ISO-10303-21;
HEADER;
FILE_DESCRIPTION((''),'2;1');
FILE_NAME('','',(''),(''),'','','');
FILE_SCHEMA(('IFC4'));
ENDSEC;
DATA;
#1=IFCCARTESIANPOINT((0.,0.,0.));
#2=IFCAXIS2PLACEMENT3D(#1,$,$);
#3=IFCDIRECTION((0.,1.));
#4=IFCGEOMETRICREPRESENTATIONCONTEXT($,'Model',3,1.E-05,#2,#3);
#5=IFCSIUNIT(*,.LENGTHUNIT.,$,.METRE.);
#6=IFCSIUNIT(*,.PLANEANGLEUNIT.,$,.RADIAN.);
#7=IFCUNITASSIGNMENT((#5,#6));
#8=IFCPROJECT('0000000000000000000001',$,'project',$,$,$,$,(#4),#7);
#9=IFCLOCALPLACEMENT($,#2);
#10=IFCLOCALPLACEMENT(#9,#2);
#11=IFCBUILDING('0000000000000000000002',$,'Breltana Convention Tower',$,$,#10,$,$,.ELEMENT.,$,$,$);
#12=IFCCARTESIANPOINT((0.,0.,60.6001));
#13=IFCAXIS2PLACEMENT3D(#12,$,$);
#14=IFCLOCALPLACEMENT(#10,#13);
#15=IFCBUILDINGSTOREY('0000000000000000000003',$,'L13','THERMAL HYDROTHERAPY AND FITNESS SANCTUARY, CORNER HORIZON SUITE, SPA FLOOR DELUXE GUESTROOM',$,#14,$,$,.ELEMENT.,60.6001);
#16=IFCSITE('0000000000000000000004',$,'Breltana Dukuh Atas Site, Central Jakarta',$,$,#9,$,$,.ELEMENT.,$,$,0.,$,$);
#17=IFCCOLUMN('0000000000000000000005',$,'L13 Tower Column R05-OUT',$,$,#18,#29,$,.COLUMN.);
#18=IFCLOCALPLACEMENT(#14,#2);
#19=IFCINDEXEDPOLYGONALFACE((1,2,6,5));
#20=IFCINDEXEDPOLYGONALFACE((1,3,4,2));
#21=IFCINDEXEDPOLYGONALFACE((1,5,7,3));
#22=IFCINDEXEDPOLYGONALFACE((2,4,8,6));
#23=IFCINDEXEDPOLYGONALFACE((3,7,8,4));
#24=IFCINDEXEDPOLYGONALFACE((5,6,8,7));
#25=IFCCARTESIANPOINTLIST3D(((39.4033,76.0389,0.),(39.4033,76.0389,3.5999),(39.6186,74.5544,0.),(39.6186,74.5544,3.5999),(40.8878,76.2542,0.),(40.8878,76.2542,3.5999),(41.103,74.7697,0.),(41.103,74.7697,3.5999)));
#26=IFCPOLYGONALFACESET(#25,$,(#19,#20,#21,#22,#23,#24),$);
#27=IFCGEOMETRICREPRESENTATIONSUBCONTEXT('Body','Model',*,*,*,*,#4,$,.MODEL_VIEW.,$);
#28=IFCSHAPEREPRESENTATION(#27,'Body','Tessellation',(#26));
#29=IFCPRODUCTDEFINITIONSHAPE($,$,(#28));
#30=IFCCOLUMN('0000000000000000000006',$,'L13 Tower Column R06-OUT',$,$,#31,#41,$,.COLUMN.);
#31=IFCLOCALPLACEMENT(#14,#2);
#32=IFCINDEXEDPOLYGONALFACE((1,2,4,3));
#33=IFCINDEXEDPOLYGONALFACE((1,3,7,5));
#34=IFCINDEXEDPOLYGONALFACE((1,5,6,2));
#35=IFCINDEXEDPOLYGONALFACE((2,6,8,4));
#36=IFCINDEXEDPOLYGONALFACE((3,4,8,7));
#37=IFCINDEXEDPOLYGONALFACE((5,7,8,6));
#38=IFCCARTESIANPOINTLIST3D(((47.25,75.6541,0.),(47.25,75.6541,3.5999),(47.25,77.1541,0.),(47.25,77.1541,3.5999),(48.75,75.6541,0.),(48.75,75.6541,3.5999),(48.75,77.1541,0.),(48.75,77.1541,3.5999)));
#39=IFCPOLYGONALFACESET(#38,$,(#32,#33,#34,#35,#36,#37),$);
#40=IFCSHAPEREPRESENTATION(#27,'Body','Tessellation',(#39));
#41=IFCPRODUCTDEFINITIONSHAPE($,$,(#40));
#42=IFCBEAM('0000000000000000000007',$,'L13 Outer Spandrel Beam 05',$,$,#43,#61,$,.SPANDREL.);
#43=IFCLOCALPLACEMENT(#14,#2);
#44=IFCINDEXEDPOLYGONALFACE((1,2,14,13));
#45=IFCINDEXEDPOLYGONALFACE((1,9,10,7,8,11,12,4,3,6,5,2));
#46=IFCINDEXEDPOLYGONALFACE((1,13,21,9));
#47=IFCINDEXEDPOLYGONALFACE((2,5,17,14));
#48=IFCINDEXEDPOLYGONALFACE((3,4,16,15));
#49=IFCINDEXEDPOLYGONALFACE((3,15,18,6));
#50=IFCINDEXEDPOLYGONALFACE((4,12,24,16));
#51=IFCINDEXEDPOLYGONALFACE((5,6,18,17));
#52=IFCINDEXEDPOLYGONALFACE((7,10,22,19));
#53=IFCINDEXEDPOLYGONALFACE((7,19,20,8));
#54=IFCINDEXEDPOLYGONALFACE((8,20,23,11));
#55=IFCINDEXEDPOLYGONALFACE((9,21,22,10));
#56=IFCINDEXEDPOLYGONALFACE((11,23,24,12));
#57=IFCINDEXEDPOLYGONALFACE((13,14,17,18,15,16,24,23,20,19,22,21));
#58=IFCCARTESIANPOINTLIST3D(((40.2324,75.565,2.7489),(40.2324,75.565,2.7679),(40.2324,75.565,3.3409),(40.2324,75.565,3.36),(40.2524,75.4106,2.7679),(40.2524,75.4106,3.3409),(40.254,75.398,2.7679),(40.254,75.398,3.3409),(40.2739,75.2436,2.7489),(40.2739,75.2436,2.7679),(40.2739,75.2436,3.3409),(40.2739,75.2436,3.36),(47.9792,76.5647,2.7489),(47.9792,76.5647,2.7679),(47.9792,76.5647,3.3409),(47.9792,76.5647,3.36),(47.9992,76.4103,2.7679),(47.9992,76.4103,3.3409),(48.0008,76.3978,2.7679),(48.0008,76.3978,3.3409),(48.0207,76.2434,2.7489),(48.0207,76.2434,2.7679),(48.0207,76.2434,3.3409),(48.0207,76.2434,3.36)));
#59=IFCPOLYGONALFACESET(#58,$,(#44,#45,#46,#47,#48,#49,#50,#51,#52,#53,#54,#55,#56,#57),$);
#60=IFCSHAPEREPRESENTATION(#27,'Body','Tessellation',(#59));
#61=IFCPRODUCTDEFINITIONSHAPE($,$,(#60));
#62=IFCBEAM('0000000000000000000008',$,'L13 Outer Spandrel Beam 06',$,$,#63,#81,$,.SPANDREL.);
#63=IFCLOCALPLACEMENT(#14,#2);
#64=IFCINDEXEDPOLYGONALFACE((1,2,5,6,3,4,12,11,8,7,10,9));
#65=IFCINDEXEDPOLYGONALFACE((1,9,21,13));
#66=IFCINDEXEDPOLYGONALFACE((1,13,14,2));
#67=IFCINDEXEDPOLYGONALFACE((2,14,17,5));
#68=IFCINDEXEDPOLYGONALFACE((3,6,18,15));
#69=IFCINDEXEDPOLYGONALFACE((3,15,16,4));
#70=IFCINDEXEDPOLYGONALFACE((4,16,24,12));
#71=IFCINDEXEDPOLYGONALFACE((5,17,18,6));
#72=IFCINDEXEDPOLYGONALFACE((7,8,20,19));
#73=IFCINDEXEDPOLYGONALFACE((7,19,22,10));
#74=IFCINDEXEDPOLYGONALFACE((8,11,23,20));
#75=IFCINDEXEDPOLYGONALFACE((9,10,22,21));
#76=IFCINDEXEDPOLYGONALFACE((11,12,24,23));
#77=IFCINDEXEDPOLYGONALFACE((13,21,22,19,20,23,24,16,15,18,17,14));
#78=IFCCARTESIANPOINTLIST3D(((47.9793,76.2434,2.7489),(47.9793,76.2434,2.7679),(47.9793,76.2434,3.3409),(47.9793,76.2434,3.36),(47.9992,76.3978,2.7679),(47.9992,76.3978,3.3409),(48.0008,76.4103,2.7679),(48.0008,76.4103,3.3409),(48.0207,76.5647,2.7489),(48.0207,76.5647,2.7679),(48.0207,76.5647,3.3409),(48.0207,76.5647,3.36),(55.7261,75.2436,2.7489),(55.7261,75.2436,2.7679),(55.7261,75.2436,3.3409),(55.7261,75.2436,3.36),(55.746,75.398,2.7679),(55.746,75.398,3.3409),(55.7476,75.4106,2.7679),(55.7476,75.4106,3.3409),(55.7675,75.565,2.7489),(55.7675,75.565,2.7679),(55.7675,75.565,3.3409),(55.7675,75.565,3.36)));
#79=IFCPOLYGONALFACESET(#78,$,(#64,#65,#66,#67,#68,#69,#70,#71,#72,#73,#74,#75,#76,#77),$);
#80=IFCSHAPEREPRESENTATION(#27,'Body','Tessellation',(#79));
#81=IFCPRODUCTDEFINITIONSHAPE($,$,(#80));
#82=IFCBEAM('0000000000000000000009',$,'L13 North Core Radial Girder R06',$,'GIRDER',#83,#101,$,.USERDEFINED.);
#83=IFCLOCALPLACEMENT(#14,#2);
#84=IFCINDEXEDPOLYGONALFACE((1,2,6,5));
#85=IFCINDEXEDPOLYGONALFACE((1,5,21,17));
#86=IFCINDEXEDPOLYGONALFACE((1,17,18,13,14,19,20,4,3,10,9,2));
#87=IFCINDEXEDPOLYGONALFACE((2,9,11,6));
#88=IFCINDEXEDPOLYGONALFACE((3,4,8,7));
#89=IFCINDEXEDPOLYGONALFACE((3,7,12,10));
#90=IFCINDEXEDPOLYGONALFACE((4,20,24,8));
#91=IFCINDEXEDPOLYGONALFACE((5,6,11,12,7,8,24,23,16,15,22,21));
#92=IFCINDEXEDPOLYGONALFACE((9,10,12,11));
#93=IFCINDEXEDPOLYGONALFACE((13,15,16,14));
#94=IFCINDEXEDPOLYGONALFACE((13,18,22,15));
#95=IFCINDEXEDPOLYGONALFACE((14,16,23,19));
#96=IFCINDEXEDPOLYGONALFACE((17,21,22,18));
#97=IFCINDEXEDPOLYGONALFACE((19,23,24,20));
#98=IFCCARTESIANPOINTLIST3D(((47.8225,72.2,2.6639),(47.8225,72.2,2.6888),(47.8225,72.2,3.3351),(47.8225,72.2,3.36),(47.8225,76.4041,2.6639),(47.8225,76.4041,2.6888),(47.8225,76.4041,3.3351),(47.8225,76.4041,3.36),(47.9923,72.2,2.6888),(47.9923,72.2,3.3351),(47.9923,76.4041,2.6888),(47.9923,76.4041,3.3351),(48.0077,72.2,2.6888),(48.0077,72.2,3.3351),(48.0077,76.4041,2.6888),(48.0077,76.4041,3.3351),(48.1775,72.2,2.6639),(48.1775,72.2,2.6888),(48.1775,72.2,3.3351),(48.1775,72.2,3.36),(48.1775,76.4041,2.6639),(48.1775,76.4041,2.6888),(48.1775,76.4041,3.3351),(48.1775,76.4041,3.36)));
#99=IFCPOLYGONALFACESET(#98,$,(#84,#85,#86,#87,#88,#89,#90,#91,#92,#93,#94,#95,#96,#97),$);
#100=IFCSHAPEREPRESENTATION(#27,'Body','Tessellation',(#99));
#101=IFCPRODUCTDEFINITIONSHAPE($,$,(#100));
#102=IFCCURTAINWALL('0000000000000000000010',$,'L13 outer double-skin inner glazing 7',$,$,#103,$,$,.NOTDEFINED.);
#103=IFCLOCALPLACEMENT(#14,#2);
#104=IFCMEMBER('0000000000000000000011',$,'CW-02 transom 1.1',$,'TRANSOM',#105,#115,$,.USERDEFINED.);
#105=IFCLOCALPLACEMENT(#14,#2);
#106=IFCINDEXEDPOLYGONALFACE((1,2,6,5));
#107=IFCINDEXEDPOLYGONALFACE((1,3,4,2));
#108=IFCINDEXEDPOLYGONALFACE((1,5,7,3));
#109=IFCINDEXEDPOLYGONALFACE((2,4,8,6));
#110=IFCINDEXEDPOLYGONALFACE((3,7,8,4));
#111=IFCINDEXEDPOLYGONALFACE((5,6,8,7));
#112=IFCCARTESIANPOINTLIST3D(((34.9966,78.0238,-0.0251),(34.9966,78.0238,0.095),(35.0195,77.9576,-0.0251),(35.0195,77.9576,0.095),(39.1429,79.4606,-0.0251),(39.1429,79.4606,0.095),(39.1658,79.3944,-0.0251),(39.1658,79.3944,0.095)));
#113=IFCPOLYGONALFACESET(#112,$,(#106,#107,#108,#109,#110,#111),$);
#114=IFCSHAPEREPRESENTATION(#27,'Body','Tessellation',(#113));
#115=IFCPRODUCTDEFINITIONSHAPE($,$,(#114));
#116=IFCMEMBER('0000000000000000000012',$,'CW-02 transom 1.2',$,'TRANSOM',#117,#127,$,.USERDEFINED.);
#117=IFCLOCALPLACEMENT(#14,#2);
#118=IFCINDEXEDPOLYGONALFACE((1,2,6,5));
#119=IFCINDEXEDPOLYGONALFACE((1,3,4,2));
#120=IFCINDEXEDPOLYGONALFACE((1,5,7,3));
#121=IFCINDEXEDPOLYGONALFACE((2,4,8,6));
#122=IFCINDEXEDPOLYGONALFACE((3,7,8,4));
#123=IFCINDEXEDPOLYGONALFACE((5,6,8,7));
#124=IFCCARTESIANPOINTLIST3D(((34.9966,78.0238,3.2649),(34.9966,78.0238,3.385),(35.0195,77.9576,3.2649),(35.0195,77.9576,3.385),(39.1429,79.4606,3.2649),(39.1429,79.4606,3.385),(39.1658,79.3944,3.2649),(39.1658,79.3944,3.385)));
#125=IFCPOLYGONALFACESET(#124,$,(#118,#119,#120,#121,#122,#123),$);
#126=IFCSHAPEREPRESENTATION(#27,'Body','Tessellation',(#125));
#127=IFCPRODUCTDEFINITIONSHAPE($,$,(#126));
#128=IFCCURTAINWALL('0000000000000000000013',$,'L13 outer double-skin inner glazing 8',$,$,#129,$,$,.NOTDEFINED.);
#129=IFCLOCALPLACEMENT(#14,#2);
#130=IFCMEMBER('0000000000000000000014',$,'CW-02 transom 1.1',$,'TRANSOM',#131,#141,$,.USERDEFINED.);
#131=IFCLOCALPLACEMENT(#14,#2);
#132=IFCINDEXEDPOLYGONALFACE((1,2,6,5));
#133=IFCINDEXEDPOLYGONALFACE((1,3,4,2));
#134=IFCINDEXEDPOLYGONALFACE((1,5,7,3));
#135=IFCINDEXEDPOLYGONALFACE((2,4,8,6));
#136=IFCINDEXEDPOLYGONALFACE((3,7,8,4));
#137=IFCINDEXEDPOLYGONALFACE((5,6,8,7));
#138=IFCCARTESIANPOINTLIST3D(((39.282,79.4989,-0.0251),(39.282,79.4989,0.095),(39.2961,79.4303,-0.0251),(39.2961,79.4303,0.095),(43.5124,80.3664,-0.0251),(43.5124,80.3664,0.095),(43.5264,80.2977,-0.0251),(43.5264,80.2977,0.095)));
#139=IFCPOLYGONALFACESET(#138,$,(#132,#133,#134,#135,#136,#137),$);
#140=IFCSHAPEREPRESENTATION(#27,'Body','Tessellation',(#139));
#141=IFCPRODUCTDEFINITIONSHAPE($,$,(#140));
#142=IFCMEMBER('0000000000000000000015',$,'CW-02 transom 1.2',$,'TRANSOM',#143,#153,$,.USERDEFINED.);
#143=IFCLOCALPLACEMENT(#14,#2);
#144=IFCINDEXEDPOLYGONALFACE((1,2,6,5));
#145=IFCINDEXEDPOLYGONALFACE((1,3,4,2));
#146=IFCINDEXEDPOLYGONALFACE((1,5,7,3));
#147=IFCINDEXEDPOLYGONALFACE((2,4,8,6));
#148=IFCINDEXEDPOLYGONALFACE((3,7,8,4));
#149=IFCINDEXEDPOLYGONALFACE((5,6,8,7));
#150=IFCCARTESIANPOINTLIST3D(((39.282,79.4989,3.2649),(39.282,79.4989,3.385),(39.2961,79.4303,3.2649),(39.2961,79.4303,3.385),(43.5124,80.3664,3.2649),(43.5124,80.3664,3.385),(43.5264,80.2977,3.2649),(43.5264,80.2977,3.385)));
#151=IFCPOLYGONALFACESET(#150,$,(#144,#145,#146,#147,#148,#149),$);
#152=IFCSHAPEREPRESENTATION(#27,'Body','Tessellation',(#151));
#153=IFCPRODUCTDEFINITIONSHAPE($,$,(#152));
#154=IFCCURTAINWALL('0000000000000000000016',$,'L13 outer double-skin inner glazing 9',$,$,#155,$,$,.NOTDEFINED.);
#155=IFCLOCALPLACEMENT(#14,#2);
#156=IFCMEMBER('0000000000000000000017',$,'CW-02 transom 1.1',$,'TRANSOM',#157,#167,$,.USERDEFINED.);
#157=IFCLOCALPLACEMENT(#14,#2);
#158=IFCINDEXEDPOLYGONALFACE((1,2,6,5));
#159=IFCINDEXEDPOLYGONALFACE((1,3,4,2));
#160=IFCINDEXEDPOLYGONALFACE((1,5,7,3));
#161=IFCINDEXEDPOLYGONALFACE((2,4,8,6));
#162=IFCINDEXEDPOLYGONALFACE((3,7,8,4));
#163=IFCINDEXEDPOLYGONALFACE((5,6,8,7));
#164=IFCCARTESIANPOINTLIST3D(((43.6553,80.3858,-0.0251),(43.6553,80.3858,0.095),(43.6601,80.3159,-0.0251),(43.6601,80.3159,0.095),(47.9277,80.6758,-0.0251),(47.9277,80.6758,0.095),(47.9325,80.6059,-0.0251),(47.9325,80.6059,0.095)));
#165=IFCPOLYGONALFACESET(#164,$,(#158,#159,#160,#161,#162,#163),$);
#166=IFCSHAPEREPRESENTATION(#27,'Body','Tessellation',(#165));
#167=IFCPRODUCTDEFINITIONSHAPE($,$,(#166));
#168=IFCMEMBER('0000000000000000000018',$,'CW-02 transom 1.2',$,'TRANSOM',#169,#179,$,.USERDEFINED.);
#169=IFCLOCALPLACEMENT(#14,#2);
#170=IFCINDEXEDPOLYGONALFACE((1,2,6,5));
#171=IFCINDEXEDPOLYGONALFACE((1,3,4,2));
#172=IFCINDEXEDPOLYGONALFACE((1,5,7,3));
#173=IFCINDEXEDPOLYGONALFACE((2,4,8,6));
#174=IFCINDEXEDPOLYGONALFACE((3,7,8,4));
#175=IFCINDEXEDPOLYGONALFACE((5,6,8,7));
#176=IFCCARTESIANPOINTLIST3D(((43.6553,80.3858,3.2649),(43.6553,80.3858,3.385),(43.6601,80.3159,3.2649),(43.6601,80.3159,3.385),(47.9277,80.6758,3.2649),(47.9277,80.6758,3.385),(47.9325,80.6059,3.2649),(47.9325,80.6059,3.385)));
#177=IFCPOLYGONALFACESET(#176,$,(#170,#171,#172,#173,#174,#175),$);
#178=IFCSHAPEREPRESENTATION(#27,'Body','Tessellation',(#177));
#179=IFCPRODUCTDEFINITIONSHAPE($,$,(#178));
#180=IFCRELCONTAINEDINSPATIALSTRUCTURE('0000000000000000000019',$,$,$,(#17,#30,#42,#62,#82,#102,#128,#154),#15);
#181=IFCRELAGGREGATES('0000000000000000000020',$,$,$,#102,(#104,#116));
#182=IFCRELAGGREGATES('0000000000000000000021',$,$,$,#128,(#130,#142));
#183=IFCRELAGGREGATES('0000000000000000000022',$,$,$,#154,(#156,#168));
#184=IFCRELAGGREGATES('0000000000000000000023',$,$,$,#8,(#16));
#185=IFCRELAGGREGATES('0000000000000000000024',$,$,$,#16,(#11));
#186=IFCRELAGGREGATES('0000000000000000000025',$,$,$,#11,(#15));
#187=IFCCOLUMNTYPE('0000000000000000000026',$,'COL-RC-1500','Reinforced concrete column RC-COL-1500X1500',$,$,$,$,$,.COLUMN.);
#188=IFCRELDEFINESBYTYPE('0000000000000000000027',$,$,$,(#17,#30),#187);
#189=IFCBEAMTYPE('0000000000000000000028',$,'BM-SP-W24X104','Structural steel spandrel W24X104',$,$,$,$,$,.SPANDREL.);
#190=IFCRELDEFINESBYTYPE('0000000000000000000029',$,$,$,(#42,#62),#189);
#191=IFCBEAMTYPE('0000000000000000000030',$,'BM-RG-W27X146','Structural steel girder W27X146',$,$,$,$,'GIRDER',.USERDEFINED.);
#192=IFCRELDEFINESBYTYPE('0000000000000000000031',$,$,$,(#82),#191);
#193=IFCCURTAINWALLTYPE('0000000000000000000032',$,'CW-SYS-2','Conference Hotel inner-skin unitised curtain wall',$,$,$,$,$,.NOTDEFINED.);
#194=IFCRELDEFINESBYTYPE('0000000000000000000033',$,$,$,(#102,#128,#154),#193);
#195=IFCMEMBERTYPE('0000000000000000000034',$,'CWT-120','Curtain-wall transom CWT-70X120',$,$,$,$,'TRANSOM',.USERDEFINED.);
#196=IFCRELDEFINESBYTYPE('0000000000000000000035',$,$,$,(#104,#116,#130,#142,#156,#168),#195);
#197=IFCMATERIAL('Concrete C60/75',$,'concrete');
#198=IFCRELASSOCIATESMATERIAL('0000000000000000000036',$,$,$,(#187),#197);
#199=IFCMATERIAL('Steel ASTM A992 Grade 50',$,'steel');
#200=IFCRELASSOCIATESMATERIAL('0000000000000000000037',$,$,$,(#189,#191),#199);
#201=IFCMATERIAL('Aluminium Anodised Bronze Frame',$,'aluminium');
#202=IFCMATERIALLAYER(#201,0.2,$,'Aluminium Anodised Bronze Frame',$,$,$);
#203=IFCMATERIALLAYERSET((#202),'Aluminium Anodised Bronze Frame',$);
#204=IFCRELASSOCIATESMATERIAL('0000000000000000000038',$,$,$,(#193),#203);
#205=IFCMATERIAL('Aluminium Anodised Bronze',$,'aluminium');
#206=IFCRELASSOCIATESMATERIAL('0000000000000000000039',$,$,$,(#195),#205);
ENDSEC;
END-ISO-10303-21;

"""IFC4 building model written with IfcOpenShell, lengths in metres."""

from ifc_helpers import new_model, si_unit, direction, frame, origin, origin_2d, place, context, subcontext, project, spatial, rectangle, i_section, extrude, source, transform, mapped, material, layer, layer_set, material_profile, profile_set, type_object, element, aggregate, save


model = new_model("IFC4")

# Units and contexts
model_context = context("Model", 3, precision=1e-05, world=origin(), true_north=direction((0.0, 1.0)))
body_context = subcontext(model_context, "Body", "Model", "MODEL_VIEW")
ifc_project = project(units=[si_unit("LENGTHUNIT", "METRE"), si_unit("PLANEANGLEUNIT", "RADIAN")], contexts=[model_context])

# Site, building, storey
site_placement = place(None, origin())
site = spatial("IfcSite", under=ifc_project, at=site_placement, Name="Breltana Dukuh Atas Site, Central Jakarta", CompositionType="ELEMENT", RefElevation=0.0)
building_placement = place(site_placement, origin())
building = spatial("IfcBuilding", under=site, at=building_placement, Name="Breltana Convention Tower", CompositionType="ELEMENT")
storey_placement = place(building_placement, frame((0.0, 0.0, 60.6001)))
storey = spatial("IfcBuildingStorey", under=building, at=storey_placement, Name="L13", Description="THERMAL HYDROTHERAPY AND FITNESS SANCTUARY, CORNER HORIZON SUITE, SPA FLOOR DELUXE GUESTROOM", CompositionType="ELEMENT", Elevation=60.6001)

# Columns
ifc_material_1 = material(Name="Concrete C60/75", Category="concrete")
ifc_material_profile_1 = material_profile(ifc_material_1, rectangle(XDim=1.5, YDim=1.5, at=origin_2d()), Name="RC-COL-1500X1500")
ifc_profile_set_1 = profile_set([ifc_material_profile_1], Name="Concrete C60/75")
column_type = type_object("IfcColumnType", Name="COL-RC-1500", Description="Reinforced concrete column RC-COL-1500X1500", PredefinedType="COLUMN", material=ifc_profile_set_1)
shared_shape_1 = source(origin(), body_context, "Body", "SweptSolid", [
    extrude(rectangle(XDim=1.5, YDim=1.5, at=origin_2d()), origin(), (0.0, 0.0, 1.0), 3.5999),
])
for number, where, z_axis, x_axis, name in (
    (1, (40.2532, 75.4043, 0.0), (0.0, 0.0, 1.0), (-0.143493, 0.989651, 0.0), "L13 Tower Column R05-OUT"),
    (2, (48.0, 76.4041, 0.0), (0.0, 0.0, 1.0), (0.0, 1.0, 0.0), "L13 Tower Column R06-OUT"),
):
    element("IfcColumn", number, at=place(storey_placement, frame(where, z_axis=z_axis, x_axis=x_axis)), inside=storey, type_object=column_type, Name=name, PredefinedType="COLUMN", context=body_context, shape_type="MappedRepresentation", body=[
        mapped(shared_shape_1, transform((0.0, 0.0, 0.0), scale=1.0)),
    ])

# Beams
ifc_material_2 = material(Name="Steel ASTM A992 Grade 50", Category="steel")
ifc_material_profile_2 = material_profile(ifc_material_2, i_section(OverallWidth=0.324, OverallDepth=0.6111, WebThickness=0.0127, FlangeThickness=0.019, at=origin_2d()), Name="W24X104")
ifc_profile_set_2 = profile_set([ifc_material_profile_2], Name="Steel ASTM A992 Grade 50")
beam_type_1 = type_object("IfcBeamType", Name="BM-SP-W24X104", Description="Structural steel spandrel W24X104", PredefinedType="SPANDREL", material=ifc_profile_set_2)
shared_shape_2 = source(origin(), body_context, "Body", "SweptSolid", [
    extrude(i_section(OverallWidth=0.324, OverallDepth=0.6111, WebThickness=0.0127, FlangeThickness=0.019, at=origin_2d()), origin(), (0.0, 0.0, 1.0), 7.811),
])
for number, where, z_axis, x_axis, name in (
    (3, (40.2532, 75.4043, 3.0544), (0.991775, 0.127992, 0.0), (-0.127992, 0.991775, 0.0), "L13 Outer Spandrel Beam 05"),
    (4, (48.0, 76.4041, 3.0544), (0.991775, -0.127992, 0.0), (0.127992, 0.991775, 0.0), "L13 Outer Spandrel Beam 06"),
):
    element("IfcBeam", number, at=place(storey_placement, frame(where, z_axis=z_axis, x_axis=x_axis)), inside=storey, type_object=beam_type_1, Name=name, PredefinedType="SPANDREL", context=body_context, shape_type="MappedRepresentation", body=[
        mapped(shared_shape_2, transform((0.0, 0.0, 0.0), scale=1.0)),
    ])
ifc_material_profile_3 = material_profile(ifc_material_2, i_section(OverallWidth=0.355, OverallDepth=0.696, WebThickness=0.0154, FlangeThickness=0.0249, at=origin_2d()), Name="W27X146")
ifc_profile_set_3 = profile_set([ifc_material_profile_3], Name="Steel ASTM A992 Grade 50")
beam_type_2 = type_object("IfcBeamType", Name="BM-RG-W27X146", Description="Structural steel girder W27X146", ElementType="GIRDER", PredefinedType="USERDEFINED", material=ifc_profile_set_3)
shared_shape_3 = source(origin(), body_context, "Body", "SweptSolid", [
    extrude(i_section(OverallWidth=0.355, OverallDepth=0.696, WebThickness=0.0154, FlangeThickness=0.0249, at=origin_2d()), origin(), (0.0, 0.0, 1.0), 4.2041),
])
beam_placement = place(storey_placement, frame((48.0, 72.2, 3.012), z_axis=(0.0, 1.0, 0.0), x_axis=(-1.0, 0.0, 0.0)))
element("IfcBeam", 5, at=beam_placement, inside=storey, type_object=beam_type_2, Name="L13 North Core Radial Girder R06", ObjectType="GIRDER", PredefinedType="USERDEFINED", context=body_context, shape_type="MappedRepresentation", body=[
    mapped(shared_shape_3, transform((0.0, 0.0, 0.0), scale=1.0)),
])

# Curtain walls, members
ifc_material_3 = material(Name="Aluminium Anodised Bronze Frame", Category="aluminium")
ifc_layer_1 = layer(ifc_material_3, 0.2, Name="Aluminium Anodised Bronze Frame")
ifc_layer_set_1 = layer_set([ifc_layer_1], Name="Aluminium Anodised Bronze Frame")
curtain_wall_type = type_object("IfcCurtainWallType", Name="CW-SYS-2", Description="Conference Hotel inner-skin unitised curtain wall", PredefinedType="NOTDEFINED", material=ifc_layer_set_1)
curtain_wall_1_placement = place(storey_placement, origin())
curtain_wall_1 = element("IfcCurtainWall", 6, at=curtain_wall_1_placement, inside=storey, type_object=curtain_wall_type, Name="L13 outer double-skin inner glazing 7", PredefinedType="NOTDEFINED")
ifc_material_4 = material(Name="Aluminium Anodised Bronze", Category="aluminium")
ifc_material_profile_4 = material_profile(ifc_material_4, rectangle(XDim=0.0701, YDim=0.1201, at=origin_2d()), Name="CWT-70X120")
ifc_profile_set_4 = profile_set([ifc_material_profile_4], Name="Aluminium Anodised Bronze")
member_type_1 = type_object("IfcMemberType", Name="CWT-120", Description="Curtain-wall transom CWT-70X120", ElementType="TRANSOM", PredefinedType="USERDEFINED", material=ifc_profile_set_4)
shared_shape_4 = source(origin(), body_context, "Body", "SweptSolid", [
    extrude(rectangle(XDim=0.0701, YDim=0.1201, at=origin_2d()), origin(), (0.0, 0.0, 1.0), 4.3882),
])
member_1_placement = place(storey_placement, frame((35.0081, 77.9907, 0.0349), z_axis=(0.944878, 0.327422, 0.0), x_axis=(-0.327422, 0.944878, 0.0)))
member_1 = element("IfcMember", 7, at=member_1_placement, type_object=member_type_1, Name="CW-02 transom 1.1", ObjectType="TRANSOM", PredefinedType="USERDEFINED", context=body_context, shape_type="MappedRepresentation", body=[
    mapped(shared_shape_4, transform((0.0, 0.0, 0.0), scale=1.0)),
])
member_2_placement = place(storey_placement, frame((35.0081, 77.9907, 3.325), z_axis=(0.944878, 0.327422, 0.0), x_axis=(-0.327422, 0.944878, 0.0)))
member_2 = element("IfcMember", 8, at=member_2_placement, type_object=member_type_1, Name="CW-02 transom 1.2", ObjectType="TRANSOM", PredefinedType="USERDEFINED", context=body_context, shape_type="MappedRepresentation", body=[
    mapped(shared_shape_4, transform((0.0, 0.0, 0.0), scale=1.0)),
])
curtain_wall_2_placement = place(storey_placement, origin())
curtain_wall_2 = element("IfcCurtainWall", 9, at=curtain_wall_2_placement, inside=storey, type_object=curtain_wall_type, Name="L13 outer double-skin inner glazing 8", PredefinedType="NOTDEFINED")
shared_shape_5 = source(origin(), body_context, "Body", "SweptSolid", [
    extrude(rectangle(XDim=0.0701, YDim=0.1201, at=origin_2d()), origin(), (0.0, 0.0, 1.0), 4.3184),
])
member_3_placement = place(storey_placement, frame((39.2891, 79.4646, 0.0349), z_axis=(0.979617, 0.200876, 0.0), x_axis=(-0.200876, 0.979617, 0.0)))
member_3 = element("IfcMember", 10, at=member_3_placement, type_object=member_type_1, Name="CW-02 transom 1.1", ObjectType="TRANSOM", PredefinedType="USERDEFINED", context=body_context, shape_type="MappedRepresentation", body=[
    mapped(shared_shape_5, transform((0.0, 0.0, 0.0), scale=1.0)),
])
member_4_placement = place(storey_placement, frame((39.2891, 79.4646, 3.325), z_axis=(0.979617, 0.200876, 0.0), x_axis=(-0.200876, 0.979617, 0.0)))
member_4 = element("IfcMember", 11, at=member_4_placement, type_object=member_type_1, Name="CW-02 transom 1.2", ObjectType="TRANSOM", PredefinedType="USERDEFINED", context=body_context, shape_type="MappedRepresentation", body=[
    mapped(shared_shape_5, transform((0.0, 0.0, 0.0), scale=1.0)),
])
curtain_wall_3_placement = place(storey_placement, origin())
curtain_wall_3 = element("IfcCurtainWall", 12, at=curtain_wall_3_placement, inside=storey, type_object=curtain_wall_type, Name="L13 outer double-skin inner glazing 9", PredefinedType="NOTDEFINED")
shared_shape_6 = source(origin(), body_context, "Body", "SweptSolid", [
    extrude(rectangle(XDim=0.0701, YDim=0.1201, at=origin_2d()), origin(), (0.0, 0.0, 1.0), 4.2822),
])
member_5_placement = place(storey_placement, frame((43.6577, 80.3508, 0.0349), z_axis=(0.997704, 0.06773, 0.0), x_axis=(-0.06773, 0.997704, 0.0)))
member_5 = element("IfcMember", 13, at=member_5_placement, type_object=member_type_1, Name="CW-02 transom 1.1", ObjectType="TRANSOM", PredefinedType="USERDEFINED", context=body_context, shape_type="MappedRepresentation", body=[
    mapped(shared_shape_6, transform((0.0, 0.0, 0.0), scale=1.0)),
])
member_6_placement = place(storey_placement, frame((43.6577, 80.3508, 3.325), z_axis=(0.997704, 0.06773, 0.0), x_axis=(-0.06773, 0.997704, 0.0)))
member_6 = element("IfcMember", 14, at=member_6_placement, type_object=member_type_1, Name="CW-02 transom 1.2", ObjectType="TRANSOM", PredefinedType="USERDEFINED", context=body_context, shape_type="MappedRepresentation", body=[
    mapped(shared_shape_6, transform((0.0, 0.0, 0.0), scale=1.0)),
])

aggregate(curtain_wall_1, [member_1, member_2])
aggregate(curtain_wall_2, [member_3, member_4])
aggregate(curtain_wall_3, [member_5, member_6])

save(model, "model.ifc")
